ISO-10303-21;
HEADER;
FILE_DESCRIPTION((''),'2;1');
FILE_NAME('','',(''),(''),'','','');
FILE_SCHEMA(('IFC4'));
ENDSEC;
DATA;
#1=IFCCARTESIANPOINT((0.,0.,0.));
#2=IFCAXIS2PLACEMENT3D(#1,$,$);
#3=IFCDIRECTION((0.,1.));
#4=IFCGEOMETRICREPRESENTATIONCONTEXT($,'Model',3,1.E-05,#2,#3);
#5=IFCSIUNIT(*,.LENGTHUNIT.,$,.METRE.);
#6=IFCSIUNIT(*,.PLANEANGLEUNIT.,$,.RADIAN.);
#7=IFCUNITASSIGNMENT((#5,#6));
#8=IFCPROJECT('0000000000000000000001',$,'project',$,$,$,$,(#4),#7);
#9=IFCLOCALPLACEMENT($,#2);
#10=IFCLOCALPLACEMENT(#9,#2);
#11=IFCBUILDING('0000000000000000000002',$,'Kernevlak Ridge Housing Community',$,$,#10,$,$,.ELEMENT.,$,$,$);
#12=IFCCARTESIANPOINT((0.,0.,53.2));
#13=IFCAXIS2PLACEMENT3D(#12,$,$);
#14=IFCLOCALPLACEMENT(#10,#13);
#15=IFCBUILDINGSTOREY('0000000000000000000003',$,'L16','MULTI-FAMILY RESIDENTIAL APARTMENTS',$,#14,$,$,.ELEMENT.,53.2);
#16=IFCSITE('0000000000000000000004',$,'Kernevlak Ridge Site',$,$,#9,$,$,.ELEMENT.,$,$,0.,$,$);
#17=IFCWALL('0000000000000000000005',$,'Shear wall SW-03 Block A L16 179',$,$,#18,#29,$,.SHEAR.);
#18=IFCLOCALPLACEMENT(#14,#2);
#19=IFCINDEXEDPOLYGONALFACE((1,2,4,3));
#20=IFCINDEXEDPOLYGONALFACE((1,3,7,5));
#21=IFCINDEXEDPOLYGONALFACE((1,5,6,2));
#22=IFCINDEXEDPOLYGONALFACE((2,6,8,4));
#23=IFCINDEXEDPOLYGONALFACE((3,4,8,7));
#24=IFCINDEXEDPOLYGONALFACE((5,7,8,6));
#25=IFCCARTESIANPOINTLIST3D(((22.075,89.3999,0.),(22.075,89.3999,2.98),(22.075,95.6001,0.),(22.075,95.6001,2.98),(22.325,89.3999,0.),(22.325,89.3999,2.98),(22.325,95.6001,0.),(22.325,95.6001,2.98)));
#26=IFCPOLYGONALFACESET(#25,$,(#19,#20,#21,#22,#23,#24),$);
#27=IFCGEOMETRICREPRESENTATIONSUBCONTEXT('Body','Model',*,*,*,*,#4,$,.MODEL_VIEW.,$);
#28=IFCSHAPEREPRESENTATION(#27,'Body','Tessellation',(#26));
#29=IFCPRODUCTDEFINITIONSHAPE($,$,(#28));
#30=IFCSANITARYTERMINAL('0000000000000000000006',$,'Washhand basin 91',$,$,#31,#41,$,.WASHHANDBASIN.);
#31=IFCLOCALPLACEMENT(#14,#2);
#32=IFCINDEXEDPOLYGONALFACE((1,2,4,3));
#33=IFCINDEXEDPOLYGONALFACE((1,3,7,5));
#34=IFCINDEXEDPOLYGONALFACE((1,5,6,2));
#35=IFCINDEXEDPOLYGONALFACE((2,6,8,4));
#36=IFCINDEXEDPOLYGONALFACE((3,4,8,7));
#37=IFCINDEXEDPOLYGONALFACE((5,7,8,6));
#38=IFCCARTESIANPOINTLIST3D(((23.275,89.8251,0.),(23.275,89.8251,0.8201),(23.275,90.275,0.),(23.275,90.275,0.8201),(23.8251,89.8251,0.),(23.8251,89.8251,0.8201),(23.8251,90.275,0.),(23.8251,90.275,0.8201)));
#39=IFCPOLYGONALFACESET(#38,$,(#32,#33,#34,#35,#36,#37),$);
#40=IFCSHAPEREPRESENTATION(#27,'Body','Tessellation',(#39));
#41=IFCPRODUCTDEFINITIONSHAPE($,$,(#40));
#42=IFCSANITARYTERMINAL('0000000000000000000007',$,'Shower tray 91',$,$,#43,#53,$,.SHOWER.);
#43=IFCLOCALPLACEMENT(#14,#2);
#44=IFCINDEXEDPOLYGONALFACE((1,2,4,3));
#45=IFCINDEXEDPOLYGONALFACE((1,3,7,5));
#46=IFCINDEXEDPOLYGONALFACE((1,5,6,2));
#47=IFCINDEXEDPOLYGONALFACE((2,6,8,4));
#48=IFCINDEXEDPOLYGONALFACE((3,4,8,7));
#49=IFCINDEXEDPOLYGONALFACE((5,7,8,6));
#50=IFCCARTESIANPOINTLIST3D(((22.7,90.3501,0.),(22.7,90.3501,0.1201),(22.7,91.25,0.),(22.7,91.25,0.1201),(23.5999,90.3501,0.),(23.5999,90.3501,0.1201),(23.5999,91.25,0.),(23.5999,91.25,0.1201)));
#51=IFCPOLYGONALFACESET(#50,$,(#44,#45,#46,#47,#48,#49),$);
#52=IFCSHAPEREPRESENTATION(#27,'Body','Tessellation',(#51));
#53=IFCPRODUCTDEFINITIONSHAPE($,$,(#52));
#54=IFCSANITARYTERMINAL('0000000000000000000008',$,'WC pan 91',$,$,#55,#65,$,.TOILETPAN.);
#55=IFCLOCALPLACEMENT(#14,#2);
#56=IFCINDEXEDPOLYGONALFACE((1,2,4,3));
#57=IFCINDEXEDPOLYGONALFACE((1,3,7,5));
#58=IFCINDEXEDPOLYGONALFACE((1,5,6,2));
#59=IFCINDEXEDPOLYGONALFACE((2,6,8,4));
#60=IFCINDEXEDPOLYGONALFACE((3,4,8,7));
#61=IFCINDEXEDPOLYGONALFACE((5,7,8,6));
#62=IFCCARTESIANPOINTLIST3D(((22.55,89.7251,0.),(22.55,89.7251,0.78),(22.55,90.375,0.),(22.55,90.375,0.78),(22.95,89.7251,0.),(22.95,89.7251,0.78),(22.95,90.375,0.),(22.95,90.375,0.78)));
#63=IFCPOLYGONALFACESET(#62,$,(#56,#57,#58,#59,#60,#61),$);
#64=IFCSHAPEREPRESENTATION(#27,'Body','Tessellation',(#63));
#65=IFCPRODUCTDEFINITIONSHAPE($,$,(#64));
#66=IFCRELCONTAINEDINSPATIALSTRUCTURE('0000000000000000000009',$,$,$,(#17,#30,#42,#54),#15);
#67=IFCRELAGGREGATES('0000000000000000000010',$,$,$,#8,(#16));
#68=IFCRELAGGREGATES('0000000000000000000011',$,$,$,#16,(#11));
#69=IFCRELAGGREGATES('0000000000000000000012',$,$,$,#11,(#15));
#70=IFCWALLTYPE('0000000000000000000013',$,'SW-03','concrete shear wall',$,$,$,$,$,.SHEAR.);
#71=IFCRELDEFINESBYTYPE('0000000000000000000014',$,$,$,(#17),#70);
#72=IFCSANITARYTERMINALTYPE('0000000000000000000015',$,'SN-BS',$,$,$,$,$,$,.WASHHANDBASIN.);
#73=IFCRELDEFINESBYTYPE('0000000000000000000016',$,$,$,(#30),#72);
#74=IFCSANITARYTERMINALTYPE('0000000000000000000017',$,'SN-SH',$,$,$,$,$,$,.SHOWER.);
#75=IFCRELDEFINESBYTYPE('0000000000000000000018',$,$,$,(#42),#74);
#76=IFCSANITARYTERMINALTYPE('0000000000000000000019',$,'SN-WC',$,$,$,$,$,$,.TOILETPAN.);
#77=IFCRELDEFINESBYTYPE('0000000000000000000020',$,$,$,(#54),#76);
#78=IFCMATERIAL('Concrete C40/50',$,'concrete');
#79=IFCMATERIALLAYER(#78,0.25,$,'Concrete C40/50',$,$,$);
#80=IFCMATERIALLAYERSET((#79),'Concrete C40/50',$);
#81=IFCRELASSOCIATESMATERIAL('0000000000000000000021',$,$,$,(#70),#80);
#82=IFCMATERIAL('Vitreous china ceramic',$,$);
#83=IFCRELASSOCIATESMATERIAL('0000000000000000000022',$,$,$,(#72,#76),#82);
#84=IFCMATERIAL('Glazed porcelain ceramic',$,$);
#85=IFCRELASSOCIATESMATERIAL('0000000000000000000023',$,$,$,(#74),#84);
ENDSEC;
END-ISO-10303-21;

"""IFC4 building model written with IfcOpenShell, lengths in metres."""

from ifc_helpers import new_model, si_unit, direction, frame, frame_2d, origin, origin_2d, place, context, subcontext, project, spatial, rectangle, extrude, material, layer, layer_set, type_object, element, save


model = new_model("IFC4")

# Units and contexts
model_context = context("Model", 3, precision=1e-05, world=origin(), true_north=direction((0.0, 1.0)))
body_context = subcontext(model_context, "Body", "Model", "MODEL_VIEW")
ifc_project = project(units=[si_unit("LENGTHUNIT", "METRE"), si_unit("PLANEANGLEUNIT", "RADIAN")], contexts=[model_context])

# Site, building, storey
site_placement = place(None, origin())
site = spatial("IfcSite", under=ifc_project, at=site_placement, Name="Kernevlak Ridge Site", CompositionType="ELEMENT", RefElevation=0.0)
building_placement = place(site_placement, origin())
building = spatial("IfcBuilding", under=site, at=building_placement, Name="Kernevlak Ridge Housing Community", CompositionType="ELEMENT")
storey_placement = place(building_placement, frame((0.0, 0.0, 53.2)))
storey = spatial("IfcBuildingStorey", under=building, at=storey_placement, Name="L16", Description="MULTI-FAMILY RESIDENTIAL APARTMENTS", CompositionType="ELEMENT", Elevation=53.2)

# Wall
ifc_material_1 = material(Name="Concrete C40/50", Category="concrete")
ifc_layer_1 = layer(ifc_material_1, 0.25, Name="Concrete C40/50")
ifc_layer_set_1 = layer_set([ifc_layer_1], Name="Concrete C40/50")
wall_type_1 = type_object("IfcWallType", Name="SW-03", Description="concrete shear wall", PredefinedType="SHEAR", material=ifc_layer_set_1)
wall_1_placement = place(storey_placement, frame((22.2, 89.3999, 0.0), z_axis=(0.0, 0.0, 1.0), x_axis=(0.0, 1.0, 0.0)))
element("IfcWall", 1, at=wall_1_placement, inside=storey, type_object=wall_type_1, Name="Shear wall SW-03 Block A L16 179", PredefinedType="SHEAR", context=body_context, shape_type="SweptSolid", body=[
    extrude(rectangle(XDim=6.2002, YDim=0.25, at=frame_2d((3.1001, 0.0))), origin(), (0.0, 0.0, 1.0), 2.98),
])

# Sanitary terminals
ifc_material_2 = material(Name="Vitreous china ceramic")
sanitary_terminal_type_1 = type_object("IfcSanitaryTerminalType", Name="SN-BS", PredefinedType="WASHHANDBASIN", material=ifc_material_2)
sanitary_terminal_1_placement = place(storey_placement, frame((23.55, 90.05, 0.0), z_axis=(0.0, 0.0, 1.0), x_axis=(1.0, 0.0, 0.0)))
element("IfcSanitaryTerminal", 2, at=sanitary_terminal_1_placement, inside=storey, type_object=sanitary_terminal_type_1, Name="Washhand basin 91", PredefinedType="WASHHANDBASIN", context=body_context, shape_type="SweptSolid", body=[
    extrude(rectangle(XDim=0.55, YDim=0.45, at=origin_2d()), origin(), (0.0, 0.0, 1.0), 0.8201),
])
ifc_material_3 = material(Name="Glazed porcelain ceramic")
sanitary_terminal_type_2 = type_object("IfcSanitaryTerminalType", Name="SN-SH", PredefinedType="SHOWER", material=ifc_material_3)
sanitary_terminal_2_placement = place(storey_placement, frame((23.1499, 90.8, 0.0), z_axis=(0.0, 0.0, 1.0), x_axis=(1.0, 0.0, 0.0)))
element("IfcSanitaryTerminal", 3, at=sanitary_terminal_2_placement, inside=storey, type_object=sanitary_terminal_type_2, Name="Shower tray 91", PredefinedType="SHOWER", context=body_context, shape_type="SweptSolid", body=[
    extrude(rectangle(XDim=0.8999, YDim=0.8999, at=origin_2d()), origin(), (0.0, 0.0, 1.0), 0.1201),
])
sanitary_terminal_type_3 = type_object("IfcSanitaryTerminalType", Name="SN-WC", PredefinedType="TOILETPAN", material=ifc_material_2)
sanitary_terminal_3_placement = place(storey_placement, frame((22.75, 90.05, 0.0), z_axis=(0.0, 0.0, 1.0), x_axis=(1.0, 0.0, 0.0)))
element("IfcSanitaryTerminal", 4, at=sanitary_terminal_3_placement, inside=storey, type_object=sanitary_terminal_type_3, Name="WC pan 91", PredefinedType="TOILETPAN", context=body_context, shape_type="SweptSolid", body=[
    extrude(rectangle(XDim=0.3999, YDim=0.6499, at=origin_2d()), origin(), (0.0, 0.0, 1.0), 0.78),
])

save(model, "model.ifc")
